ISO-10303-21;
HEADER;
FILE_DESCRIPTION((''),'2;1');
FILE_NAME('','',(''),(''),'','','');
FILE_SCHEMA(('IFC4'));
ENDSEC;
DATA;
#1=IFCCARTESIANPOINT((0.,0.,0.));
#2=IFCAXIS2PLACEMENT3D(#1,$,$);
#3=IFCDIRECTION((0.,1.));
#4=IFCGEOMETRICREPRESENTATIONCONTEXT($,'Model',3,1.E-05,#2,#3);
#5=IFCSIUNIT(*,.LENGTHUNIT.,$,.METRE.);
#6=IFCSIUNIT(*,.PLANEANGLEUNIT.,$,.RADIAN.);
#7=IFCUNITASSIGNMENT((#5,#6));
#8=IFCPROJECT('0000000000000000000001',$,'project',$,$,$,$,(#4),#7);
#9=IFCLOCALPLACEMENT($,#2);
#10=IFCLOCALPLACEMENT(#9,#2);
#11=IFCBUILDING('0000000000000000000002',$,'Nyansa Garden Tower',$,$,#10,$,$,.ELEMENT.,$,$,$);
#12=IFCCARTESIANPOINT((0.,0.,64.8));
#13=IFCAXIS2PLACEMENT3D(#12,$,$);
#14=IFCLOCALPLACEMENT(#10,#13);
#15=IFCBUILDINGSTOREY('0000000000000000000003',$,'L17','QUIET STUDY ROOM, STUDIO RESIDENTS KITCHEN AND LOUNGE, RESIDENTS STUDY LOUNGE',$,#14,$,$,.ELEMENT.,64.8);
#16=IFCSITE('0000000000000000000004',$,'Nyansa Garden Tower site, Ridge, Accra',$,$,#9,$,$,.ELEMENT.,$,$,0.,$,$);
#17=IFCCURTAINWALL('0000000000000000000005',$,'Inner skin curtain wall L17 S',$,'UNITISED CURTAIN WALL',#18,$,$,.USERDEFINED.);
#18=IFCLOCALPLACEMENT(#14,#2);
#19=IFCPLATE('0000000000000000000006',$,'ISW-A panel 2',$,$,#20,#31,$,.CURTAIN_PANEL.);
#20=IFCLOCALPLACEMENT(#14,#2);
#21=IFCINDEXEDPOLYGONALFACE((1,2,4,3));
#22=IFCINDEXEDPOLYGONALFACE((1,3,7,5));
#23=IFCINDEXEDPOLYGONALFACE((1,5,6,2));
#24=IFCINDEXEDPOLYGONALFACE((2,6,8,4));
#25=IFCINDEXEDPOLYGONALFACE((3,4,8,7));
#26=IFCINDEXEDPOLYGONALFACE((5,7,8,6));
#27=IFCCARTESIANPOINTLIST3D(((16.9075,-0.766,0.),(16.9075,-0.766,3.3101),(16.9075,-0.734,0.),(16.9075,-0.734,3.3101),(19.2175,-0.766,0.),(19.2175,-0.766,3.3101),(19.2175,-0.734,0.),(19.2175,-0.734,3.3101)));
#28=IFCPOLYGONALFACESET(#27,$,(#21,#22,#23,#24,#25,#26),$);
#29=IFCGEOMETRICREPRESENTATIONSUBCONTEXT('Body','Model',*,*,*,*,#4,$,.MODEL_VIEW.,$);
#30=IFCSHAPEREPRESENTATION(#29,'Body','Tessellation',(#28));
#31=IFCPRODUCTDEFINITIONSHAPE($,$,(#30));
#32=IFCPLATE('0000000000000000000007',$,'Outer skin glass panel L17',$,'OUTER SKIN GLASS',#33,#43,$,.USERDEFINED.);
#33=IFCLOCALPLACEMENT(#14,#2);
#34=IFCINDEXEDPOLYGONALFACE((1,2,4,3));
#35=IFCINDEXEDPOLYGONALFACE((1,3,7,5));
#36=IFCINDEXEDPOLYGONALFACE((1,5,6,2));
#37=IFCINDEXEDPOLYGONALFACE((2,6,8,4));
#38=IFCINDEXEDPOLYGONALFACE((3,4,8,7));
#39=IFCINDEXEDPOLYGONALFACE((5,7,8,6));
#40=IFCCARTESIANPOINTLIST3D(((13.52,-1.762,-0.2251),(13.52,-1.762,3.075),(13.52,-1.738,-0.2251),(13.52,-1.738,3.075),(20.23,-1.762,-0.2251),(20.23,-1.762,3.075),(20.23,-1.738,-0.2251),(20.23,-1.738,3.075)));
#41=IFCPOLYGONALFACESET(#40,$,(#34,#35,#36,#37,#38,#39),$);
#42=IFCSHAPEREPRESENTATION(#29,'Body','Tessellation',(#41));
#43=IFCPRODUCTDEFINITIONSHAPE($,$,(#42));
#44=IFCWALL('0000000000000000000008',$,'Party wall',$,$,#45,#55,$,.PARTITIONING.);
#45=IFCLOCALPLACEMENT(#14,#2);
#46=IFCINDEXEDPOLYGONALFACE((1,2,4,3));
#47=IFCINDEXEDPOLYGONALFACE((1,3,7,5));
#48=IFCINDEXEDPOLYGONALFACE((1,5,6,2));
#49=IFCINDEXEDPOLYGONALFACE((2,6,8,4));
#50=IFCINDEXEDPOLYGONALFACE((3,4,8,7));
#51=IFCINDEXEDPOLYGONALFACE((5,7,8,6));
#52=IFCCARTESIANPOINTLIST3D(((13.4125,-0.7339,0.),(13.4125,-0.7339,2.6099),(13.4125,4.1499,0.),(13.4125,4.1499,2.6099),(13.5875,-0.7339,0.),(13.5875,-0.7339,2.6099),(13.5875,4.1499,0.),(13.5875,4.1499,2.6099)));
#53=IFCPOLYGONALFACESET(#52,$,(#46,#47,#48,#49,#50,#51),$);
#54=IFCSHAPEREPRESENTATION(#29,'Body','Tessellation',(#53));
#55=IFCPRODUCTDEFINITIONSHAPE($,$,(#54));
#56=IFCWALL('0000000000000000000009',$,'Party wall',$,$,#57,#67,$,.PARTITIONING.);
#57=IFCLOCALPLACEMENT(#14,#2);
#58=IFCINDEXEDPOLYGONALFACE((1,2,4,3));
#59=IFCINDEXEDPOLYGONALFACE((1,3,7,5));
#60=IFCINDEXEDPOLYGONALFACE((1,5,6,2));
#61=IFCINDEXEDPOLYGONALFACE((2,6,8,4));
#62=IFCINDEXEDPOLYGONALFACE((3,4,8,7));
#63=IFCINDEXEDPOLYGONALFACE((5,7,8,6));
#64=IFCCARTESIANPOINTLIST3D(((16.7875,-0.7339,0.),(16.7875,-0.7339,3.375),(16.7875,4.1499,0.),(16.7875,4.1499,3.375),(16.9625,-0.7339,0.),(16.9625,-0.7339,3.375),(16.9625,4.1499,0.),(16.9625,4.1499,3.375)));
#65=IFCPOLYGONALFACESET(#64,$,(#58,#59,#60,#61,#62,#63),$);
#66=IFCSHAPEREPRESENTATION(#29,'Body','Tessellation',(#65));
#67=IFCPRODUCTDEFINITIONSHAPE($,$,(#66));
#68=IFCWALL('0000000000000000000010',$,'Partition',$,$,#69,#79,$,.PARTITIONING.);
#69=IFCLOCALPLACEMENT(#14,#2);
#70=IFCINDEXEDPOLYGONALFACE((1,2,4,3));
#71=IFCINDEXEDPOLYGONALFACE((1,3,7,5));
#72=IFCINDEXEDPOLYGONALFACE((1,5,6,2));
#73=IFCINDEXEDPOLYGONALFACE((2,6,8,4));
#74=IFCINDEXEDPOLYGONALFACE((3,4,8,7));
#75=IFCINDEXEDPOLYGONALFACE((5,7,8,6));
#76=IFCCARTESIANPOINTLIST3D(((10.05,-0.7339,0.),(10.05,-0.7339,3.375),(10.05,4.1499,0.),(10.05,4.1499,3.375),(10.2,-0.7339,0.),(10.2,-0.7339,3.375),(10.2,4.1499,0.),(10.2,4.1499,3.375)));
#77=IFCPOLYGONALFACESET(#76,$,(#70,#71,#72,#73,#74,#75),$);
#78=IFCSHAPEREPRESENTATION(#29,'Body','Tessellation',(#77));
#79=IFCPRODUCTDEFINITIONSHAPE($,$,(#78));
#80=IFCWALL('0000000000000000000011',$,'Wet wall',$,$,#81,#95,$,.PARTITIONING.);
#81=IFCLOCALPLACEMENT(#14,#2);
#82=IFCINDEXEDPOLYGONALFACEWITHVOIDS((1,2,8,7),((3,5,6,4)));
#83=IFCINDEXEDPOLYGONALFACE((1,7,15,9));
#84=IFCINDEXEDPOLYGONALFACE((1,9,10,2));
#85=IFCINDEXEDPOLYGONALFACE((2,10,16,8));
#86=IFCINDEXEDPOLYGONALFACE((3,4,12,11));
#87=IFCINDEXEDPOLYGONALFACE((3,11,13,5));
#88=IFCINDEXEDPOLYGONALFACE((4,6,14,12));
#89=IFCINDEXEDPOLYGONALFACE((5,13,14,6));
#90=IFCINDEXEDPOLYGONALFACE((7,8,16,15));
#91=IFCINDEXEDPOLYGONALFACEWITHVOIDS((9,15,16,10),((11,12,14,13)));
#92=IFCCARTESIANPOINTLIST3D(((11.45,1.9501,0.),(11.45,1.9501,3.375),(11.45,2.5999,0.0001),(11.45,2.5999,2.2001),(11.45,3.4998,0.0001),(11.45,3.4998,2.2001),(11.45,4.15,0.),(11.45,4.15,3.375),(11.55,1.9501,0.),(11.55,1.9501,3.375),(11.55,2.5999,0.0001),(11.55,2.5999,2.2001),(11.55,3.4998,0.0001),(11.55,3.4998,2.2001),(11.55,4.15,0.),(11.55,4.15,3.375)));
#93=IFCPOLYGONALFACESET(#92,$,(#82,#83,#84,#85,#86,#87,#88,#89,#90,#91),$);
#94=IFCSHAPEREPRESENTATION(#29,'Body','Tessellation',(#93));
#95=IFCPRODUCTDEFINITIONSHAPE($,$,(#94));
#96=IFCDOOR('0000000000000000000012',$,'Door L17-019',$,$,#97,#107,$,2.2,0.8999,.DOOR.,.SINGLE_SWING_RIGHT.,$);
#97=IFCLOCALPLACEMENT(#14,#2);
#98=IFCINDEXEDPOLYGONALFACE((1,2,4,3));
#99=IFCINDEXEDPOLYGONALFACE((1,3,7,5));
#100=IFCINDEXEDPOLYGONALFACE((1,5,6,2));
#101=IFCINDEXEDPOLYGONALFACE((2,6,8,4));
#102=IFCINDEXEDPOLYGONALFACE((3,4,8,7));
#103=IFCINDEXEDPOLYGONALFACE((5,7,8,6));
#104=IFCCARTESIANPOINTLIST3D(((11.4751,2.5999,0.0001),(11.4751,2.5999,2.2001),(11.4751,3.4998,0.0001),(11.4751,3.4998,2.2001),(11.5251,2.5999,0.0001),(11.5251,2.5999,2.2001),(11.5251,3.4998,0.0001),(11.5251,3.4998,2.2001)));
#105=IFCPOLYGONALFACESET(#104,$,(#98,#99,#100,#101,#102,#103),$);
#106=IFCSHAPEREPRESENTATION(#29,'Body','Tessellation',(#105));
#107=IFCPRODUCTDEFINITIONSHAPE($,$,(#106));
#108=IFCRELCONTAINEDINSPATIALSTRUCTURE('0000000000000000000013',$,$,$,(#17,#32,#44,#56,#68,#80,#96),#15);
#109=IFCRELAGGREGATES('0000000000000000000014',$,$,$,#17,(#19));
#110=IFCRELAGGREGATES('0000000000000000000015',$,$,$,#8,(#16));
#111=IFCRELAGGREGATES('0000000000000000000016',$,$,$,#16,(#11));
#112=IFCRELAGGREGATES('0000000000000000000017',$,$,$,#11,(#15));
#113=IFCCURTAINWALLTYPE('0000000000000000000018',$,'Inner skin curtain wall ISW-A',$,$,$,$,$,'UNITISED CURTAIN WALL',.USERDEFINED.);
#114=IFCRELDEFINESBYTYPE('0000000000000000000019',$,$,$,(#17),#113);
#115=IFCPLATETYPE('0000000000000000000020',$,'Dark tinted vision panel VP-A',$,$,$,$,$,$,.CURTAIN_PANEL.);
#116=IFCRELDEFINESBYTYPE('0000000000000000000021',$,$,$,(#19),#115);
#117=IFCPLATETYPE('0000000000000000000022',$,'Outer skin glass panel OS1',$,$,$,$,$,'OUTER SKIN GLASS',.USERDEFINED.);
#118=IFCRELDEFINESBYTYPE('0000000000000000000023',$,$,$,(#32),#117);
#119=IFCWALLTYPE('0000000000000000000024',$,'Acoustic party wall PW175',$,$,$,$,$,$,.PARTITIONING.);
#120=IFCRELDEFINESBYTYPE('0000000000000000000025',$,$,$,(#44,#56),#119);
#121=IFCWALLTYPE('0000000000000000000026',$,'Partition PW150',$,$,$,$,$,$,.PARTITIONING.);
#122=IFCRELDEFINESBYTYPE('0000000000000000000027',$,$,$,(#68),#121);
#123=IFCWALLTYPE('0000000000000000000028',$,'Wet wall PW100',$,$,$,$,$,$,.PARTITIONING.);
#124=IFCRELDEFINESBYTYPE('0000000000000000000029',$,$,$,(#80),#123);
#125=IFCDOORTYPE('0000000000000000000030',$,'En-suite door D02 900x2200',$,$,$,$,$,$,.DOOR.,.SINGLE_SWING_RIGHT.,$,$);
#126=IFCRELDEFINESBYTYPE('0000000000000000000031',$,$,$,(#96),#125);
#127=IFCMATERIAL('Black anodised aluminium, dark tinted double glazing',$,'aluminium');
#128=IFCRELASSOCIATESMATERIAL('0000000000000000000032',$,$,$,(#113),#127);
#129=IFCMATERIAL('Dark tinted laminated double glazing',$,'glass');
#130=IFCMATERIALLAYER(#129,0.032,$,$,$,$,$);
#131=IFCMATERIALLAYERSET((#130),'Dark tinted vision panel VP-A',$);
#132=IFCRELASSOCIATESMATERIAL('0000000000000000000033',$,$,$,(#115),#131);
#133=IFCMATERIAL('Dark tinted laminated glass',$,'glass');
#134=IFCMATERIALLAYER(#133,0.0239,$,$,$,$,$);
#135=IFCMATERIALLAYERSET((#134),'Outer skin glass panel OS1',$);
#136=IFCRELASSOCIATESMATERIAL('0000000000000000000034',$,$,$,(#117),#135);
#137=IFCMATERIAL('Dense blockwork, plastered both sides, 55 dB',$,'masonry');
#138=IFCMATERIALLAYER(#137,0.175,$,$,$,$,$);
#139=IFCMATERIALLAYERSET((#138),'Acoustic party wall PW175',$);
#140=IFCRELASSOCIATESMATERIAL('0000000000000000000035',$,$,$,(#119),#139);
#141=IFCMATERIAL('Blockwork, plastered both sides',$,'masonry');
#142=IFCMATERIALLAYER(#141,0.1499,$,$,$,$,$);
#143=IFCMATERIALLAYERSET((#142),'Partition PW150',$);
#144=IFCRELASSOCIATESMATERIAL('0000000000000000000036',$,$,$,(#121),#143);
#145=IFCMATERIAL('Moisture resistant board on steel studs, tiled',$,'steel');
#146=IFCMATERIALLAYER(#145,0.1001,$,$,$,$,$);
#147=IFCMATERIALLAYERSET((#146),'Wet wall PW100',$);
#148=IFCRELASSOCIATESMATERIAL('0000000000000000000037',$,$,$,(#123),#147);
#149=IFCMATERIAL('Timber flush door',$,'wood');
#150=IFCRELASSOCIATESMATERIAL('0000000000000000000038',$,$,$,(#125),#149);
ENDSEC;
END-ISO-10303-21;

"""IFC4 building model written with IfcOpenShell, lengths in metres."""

from ifc_helpers import new_model, si_unit, direction, frame, frame_2d, origin, origin_2d, place, context, subcontext, project, spatial, rectangle, extrude, material, layer, layer_set, type_object, element, fill, aggregate, save


model = new_model("IFC4")

# Units and contexts
model_context = context("Model", 3, precision=1e-05, world=origin(), true_north=direction((0.0, 1.0)))
body_context = subcontext(model_context, "Body", "Model", "MODEL_VIEW")
ifc_project = project(units=[si_unit("LENGTHUNIT", "METRE"), si_unit("PLANEANGLEUNIT", "RADIAN")], contexts=[model_context])

# Site, building, storey
site_placement = place(None, origin())
site = spatial("IfcSite", under=ifc_project, at=site_placement, Name="Nyansa Garden Tower site, Ridge, Accra", CompositionType="ELEMENT", RefElevation=0.0)
building_placement = place(site_placement, origin())
building = spatial("IfcBuilding", under=site, at=building_placement, Name="Nyansa Garden Tower", CompositionType="ELEMENT")
storey_placement = place(building_placement, frame((0.0, 0.0, 64.8)))
storey = spatial("IfcBuildingStorey", under=building, at=storey_placement, Name="L17", Description="QUIET STUDY ROOM, STUDIO RESIDENTS KITCHEN AND LOUNGE, RESIDENTS STUDY LOUNGE", CompositionType="ELEMENT", Elevation=64.8)

# Curtain wall
ifc_material_1 = material(Name="Black anodised aluminium, dark tinted double glazing", Category="aluminium")
curtain_wall_type = type_object("IfcCurtainWallType", Name="Inner skin curtain wall ISW-A", ElementType="UNITISED CURTAIN WALL", PredefinedType="USERDEFINED", material=ifc_material_1)
curtain_wall_1_placement = place(storey_placement, origin())
curtain_wall_1 = element("IfcCurtainWall", 1, at=curtain_wall_1_placement, inside=storey, type_object=curtain_wall_type, Name="Inner skin curtain wall L17 S", ObjectType="UNITISED CURTAIN WALL", PredefinedType="USERDEFINED")

# Plates
ifc_material_2 = material(Name="Dark tinted laminated double glazing", Category="glass")
ifc_layer_1 = layer(ifc_material_2, 0.032)
ifc_layer_set_1 = layer_set([ifc_layer_1], Name="Dark tinted vision panel VP-A")
plate_type_1 = type_object("IfcPlateType", Name="Dark tinted vision panel VP-A", PredefinedType="CURTAIN_PANEL", material=ifc_layer_set_1)
plate_1_placement = place(storey_placement, frame((18.0625, -0.75, 0.0), z_axis=(0.0, 0.0, 1.0), x_axis=(1.0, 0.0, 0.0)))
plate_1 = element("IfcPlate", 2, at=plate_1_placement, type_object=plate_type_1, Name="ISW-A panel 2", PredefinedType="CURTAIN_PANEL", context=body_context, shape_type="SweptSolid", body=[
    extrude(rectangle(XDim=2.3101, YDim=0.032, at=origin_2d()), origin(), (0.0, 0.0, 1.0), 3.3101),
])
aggregate(curtain_wall_1, [plate_1])
ifc_material_3 = material(Name="Dark tinted laminated glass", Category="glass")
ifc_layer_2 = layer(ifc_material_3, 0.0239)
ifc_layer_set_2 = layer_set([ifc_layer_2], Name="Outer skin glass panel OS1")
plate_type_2 = type_object("IfcPlateType", Name="Outer skin glass panel OS1", ElementType="OUTER SKIN GLASS", PredefinedType="USERDEFINED", material=ifc_layer_set_2)
plate_2_placement = place(storey_placement, frame((16.875, -1.75, -0.2251), z_axis=(0.0, 0.0, 1.0), x_axis=(1.0, 0.0, 0.0)))
element("IfcPlate", 3, at=plate_2_placement, inside=storey, type_object=plate_type_2, Name="Outer skin glass panel L17", ObjectType="OUTER SKIN GLASS", PredefinedType="USERDEFINED", context=body_context, shape_type="SweptSolid", body=[
    extrude(rectangle(XDim=6.71, YDim=0.0239, at=origin_2d()), origin(), (0.0, 0.0, 1.0), 3.3),
])

# Walls
ifc_material_4 = material(Name="Dense blockwork, plastered both sides, 55 dB", Category="masonry")
ifc_layer_3 = layer(ifc_material_4, 0.175)
ifc_layer_set_3 = layer_set([ifc_layer_3], Name="Acoustic party wall PW175")
wall_type_1 = type_object("IfcWallType", Name="Acoustic party wall PW175", PredefinedType="PARTITIONING", material=ifc_layer_set_3)
wall_1_placement = place(storey_placement, frame((13.5, -0.7339, 0.0), z_axis=(0.0, 0.0, 1.0), x_axis=(0.0, 1.0, 0.0)))
element("IfcWall", 4, at=wall_1_placement, inside=storey, type_object=wall_type_1, Name="Party wall", PredefinedType="PARTITIONING", context=body_context, shape_type="SweptSolid", body=[
    extrude(rectangle(XDim=4.8838, YDim=0.175, at=frame_2d((2.4419, 0.0))), origin(), (0.0, 0.0, 1.0), 2.6099),
])
wall_2_placement = place(storey_placement, frame((16.875, -0.7339, 0.0), z_axis=(0.0, 0.0, 1.0), x_axis=(0.0, 1.0, 0.0)))
element("IfcWall", 5, at=wall_2_placement, inside=storey, type_object=wall_type_1, Name="Party wall", PredefinedType="PARTITIONING", context=body_context, shape_type="SweptSolid", body=[
    extrude(rectangle(XDim=4.8838, YDim=0.175, at=frame_2d((2.4419, 0.0))), origin(), (0.0, 0.0, 1.0), 3.375),
])
ifc_material_5 = material(Name="Blockwork, plastered both sides", Category="masonry")
ifc_layer_4 = layer(ifc_material_5, 0.1499)
ifc_layer_set_4 = layer_set([ifc_layer_4], Name="Partition PW150")
wall_type_2 = type_object("IfcWallType", Name="Partition PW150", PredefinedType="PARTITIONING", material=ifc_layer_set_4)
wall_3_placement = place(storey_placement, frame((10.125, -0.7339, 0.0), z_axis=(0.0, 0.0, 1.0), x_axis=(0.0, 1.0, 0.0)))
element("IfcWall", 6, at=wall_3_placement, inside=storey, type_object=wall_type_2, Name="Partition", PredefinedType="PARTITIONING", context=body_context, shape_type="SweptSolid", body=[
    extrude(rectangle(XDim=4.8838, YDim=0.1499, at=frame_2d((2.4419, 0.0))), origin(), (0.0, 0.0, 1.0), 3.375),
])

# Wall, opening, door
ifc_material_6 = material(Name="Moisture resistant board on steel studs, tiled", Category="steel")
ifc_layer_5 = layer(ifc_material_6, 0.1001)
ifc_layer_set_5 = layer_set([ifc_layer_5], Name="Wet wall PW100")
wall_type_3 = type_object("IfcWallType", Name="Wet wall PW100", PredefinedType="PARTITIONING", material=ifc_layer_set_5)
wall_4_placement = place(storey_placement, frame((11.5, 1.95, 0.0), z_axis=(0.0, 0.0, 1.0), x_axis=(0.0, 1.0, 0.0)))
wall_4 = element("IfcWall", 7, at=wall_4_placement, inside=storey, type_object=wall_type_3, Name="Wet wall", PredefinedType="PARTITIONING", context=body_context, shape_type="SweptSolid", body=[
    extrude(rectangle(XDim=2.2, YDim=0.1001, at=frame_2d((1.1001, 0.0))), origin(), (0.0, 0.0, 1.0), 3.375),
])
opening_placement = place(wall_4_placement, frame((0.6499, 0.0, 0.0)))
opening = element("IfcOpeningElement", 8, at=opening_placement, cuts=wall_4, PredefinedType="OPENING", context=body_context, shape_type="SweptSolid", body=[
    extrude(rectangle(XDim=0.8999, YDim=2.2, at=frame_2d((0.45, 1.1001))), frame((0.0, 0.0601, 0.0), z_axis=(0.0, -1.0, 0.0), x_axis=(1.0, 0.0, 0.0)), (0.0, 0.0, 1.0), 0.1201),
])
ifc_material_7 = material(Name="Timber flush door", Category="wood")
door_type = type_object("IfcDoorType", Name="En-suite door D02 900x2200", OperationType="SINGLE_SWING_RIGHT", PredefinedType="DOOR", material=ifc_material_7)
door_placement = place(opening_placement, origin())
door = element("IfcDoor", 9, at=door_placement, inside=storey, type_object=door_type, Name="Door L17-019", OperationType="SINGLE_SWING_RIGHT", OverallHeight=2.2, OverallWidth=0.8999, PredefinedType="DOOR", context=body_context, shape_type="SweptSolid", body=[
    extrude(rectangle(XDim=0.8999, YDim=2.2, at=frame_2d((0.45, 1.1001))), frame((0.0, 0.0249, 0.0), z_axis=(0.0, -1.0, 0.0), x_axis=(1.0, 0.0, 0.0)), (0.0, 0.0, 1.0), 0.05),
])
fill(opening, door)

save(model, "model.ifc")
